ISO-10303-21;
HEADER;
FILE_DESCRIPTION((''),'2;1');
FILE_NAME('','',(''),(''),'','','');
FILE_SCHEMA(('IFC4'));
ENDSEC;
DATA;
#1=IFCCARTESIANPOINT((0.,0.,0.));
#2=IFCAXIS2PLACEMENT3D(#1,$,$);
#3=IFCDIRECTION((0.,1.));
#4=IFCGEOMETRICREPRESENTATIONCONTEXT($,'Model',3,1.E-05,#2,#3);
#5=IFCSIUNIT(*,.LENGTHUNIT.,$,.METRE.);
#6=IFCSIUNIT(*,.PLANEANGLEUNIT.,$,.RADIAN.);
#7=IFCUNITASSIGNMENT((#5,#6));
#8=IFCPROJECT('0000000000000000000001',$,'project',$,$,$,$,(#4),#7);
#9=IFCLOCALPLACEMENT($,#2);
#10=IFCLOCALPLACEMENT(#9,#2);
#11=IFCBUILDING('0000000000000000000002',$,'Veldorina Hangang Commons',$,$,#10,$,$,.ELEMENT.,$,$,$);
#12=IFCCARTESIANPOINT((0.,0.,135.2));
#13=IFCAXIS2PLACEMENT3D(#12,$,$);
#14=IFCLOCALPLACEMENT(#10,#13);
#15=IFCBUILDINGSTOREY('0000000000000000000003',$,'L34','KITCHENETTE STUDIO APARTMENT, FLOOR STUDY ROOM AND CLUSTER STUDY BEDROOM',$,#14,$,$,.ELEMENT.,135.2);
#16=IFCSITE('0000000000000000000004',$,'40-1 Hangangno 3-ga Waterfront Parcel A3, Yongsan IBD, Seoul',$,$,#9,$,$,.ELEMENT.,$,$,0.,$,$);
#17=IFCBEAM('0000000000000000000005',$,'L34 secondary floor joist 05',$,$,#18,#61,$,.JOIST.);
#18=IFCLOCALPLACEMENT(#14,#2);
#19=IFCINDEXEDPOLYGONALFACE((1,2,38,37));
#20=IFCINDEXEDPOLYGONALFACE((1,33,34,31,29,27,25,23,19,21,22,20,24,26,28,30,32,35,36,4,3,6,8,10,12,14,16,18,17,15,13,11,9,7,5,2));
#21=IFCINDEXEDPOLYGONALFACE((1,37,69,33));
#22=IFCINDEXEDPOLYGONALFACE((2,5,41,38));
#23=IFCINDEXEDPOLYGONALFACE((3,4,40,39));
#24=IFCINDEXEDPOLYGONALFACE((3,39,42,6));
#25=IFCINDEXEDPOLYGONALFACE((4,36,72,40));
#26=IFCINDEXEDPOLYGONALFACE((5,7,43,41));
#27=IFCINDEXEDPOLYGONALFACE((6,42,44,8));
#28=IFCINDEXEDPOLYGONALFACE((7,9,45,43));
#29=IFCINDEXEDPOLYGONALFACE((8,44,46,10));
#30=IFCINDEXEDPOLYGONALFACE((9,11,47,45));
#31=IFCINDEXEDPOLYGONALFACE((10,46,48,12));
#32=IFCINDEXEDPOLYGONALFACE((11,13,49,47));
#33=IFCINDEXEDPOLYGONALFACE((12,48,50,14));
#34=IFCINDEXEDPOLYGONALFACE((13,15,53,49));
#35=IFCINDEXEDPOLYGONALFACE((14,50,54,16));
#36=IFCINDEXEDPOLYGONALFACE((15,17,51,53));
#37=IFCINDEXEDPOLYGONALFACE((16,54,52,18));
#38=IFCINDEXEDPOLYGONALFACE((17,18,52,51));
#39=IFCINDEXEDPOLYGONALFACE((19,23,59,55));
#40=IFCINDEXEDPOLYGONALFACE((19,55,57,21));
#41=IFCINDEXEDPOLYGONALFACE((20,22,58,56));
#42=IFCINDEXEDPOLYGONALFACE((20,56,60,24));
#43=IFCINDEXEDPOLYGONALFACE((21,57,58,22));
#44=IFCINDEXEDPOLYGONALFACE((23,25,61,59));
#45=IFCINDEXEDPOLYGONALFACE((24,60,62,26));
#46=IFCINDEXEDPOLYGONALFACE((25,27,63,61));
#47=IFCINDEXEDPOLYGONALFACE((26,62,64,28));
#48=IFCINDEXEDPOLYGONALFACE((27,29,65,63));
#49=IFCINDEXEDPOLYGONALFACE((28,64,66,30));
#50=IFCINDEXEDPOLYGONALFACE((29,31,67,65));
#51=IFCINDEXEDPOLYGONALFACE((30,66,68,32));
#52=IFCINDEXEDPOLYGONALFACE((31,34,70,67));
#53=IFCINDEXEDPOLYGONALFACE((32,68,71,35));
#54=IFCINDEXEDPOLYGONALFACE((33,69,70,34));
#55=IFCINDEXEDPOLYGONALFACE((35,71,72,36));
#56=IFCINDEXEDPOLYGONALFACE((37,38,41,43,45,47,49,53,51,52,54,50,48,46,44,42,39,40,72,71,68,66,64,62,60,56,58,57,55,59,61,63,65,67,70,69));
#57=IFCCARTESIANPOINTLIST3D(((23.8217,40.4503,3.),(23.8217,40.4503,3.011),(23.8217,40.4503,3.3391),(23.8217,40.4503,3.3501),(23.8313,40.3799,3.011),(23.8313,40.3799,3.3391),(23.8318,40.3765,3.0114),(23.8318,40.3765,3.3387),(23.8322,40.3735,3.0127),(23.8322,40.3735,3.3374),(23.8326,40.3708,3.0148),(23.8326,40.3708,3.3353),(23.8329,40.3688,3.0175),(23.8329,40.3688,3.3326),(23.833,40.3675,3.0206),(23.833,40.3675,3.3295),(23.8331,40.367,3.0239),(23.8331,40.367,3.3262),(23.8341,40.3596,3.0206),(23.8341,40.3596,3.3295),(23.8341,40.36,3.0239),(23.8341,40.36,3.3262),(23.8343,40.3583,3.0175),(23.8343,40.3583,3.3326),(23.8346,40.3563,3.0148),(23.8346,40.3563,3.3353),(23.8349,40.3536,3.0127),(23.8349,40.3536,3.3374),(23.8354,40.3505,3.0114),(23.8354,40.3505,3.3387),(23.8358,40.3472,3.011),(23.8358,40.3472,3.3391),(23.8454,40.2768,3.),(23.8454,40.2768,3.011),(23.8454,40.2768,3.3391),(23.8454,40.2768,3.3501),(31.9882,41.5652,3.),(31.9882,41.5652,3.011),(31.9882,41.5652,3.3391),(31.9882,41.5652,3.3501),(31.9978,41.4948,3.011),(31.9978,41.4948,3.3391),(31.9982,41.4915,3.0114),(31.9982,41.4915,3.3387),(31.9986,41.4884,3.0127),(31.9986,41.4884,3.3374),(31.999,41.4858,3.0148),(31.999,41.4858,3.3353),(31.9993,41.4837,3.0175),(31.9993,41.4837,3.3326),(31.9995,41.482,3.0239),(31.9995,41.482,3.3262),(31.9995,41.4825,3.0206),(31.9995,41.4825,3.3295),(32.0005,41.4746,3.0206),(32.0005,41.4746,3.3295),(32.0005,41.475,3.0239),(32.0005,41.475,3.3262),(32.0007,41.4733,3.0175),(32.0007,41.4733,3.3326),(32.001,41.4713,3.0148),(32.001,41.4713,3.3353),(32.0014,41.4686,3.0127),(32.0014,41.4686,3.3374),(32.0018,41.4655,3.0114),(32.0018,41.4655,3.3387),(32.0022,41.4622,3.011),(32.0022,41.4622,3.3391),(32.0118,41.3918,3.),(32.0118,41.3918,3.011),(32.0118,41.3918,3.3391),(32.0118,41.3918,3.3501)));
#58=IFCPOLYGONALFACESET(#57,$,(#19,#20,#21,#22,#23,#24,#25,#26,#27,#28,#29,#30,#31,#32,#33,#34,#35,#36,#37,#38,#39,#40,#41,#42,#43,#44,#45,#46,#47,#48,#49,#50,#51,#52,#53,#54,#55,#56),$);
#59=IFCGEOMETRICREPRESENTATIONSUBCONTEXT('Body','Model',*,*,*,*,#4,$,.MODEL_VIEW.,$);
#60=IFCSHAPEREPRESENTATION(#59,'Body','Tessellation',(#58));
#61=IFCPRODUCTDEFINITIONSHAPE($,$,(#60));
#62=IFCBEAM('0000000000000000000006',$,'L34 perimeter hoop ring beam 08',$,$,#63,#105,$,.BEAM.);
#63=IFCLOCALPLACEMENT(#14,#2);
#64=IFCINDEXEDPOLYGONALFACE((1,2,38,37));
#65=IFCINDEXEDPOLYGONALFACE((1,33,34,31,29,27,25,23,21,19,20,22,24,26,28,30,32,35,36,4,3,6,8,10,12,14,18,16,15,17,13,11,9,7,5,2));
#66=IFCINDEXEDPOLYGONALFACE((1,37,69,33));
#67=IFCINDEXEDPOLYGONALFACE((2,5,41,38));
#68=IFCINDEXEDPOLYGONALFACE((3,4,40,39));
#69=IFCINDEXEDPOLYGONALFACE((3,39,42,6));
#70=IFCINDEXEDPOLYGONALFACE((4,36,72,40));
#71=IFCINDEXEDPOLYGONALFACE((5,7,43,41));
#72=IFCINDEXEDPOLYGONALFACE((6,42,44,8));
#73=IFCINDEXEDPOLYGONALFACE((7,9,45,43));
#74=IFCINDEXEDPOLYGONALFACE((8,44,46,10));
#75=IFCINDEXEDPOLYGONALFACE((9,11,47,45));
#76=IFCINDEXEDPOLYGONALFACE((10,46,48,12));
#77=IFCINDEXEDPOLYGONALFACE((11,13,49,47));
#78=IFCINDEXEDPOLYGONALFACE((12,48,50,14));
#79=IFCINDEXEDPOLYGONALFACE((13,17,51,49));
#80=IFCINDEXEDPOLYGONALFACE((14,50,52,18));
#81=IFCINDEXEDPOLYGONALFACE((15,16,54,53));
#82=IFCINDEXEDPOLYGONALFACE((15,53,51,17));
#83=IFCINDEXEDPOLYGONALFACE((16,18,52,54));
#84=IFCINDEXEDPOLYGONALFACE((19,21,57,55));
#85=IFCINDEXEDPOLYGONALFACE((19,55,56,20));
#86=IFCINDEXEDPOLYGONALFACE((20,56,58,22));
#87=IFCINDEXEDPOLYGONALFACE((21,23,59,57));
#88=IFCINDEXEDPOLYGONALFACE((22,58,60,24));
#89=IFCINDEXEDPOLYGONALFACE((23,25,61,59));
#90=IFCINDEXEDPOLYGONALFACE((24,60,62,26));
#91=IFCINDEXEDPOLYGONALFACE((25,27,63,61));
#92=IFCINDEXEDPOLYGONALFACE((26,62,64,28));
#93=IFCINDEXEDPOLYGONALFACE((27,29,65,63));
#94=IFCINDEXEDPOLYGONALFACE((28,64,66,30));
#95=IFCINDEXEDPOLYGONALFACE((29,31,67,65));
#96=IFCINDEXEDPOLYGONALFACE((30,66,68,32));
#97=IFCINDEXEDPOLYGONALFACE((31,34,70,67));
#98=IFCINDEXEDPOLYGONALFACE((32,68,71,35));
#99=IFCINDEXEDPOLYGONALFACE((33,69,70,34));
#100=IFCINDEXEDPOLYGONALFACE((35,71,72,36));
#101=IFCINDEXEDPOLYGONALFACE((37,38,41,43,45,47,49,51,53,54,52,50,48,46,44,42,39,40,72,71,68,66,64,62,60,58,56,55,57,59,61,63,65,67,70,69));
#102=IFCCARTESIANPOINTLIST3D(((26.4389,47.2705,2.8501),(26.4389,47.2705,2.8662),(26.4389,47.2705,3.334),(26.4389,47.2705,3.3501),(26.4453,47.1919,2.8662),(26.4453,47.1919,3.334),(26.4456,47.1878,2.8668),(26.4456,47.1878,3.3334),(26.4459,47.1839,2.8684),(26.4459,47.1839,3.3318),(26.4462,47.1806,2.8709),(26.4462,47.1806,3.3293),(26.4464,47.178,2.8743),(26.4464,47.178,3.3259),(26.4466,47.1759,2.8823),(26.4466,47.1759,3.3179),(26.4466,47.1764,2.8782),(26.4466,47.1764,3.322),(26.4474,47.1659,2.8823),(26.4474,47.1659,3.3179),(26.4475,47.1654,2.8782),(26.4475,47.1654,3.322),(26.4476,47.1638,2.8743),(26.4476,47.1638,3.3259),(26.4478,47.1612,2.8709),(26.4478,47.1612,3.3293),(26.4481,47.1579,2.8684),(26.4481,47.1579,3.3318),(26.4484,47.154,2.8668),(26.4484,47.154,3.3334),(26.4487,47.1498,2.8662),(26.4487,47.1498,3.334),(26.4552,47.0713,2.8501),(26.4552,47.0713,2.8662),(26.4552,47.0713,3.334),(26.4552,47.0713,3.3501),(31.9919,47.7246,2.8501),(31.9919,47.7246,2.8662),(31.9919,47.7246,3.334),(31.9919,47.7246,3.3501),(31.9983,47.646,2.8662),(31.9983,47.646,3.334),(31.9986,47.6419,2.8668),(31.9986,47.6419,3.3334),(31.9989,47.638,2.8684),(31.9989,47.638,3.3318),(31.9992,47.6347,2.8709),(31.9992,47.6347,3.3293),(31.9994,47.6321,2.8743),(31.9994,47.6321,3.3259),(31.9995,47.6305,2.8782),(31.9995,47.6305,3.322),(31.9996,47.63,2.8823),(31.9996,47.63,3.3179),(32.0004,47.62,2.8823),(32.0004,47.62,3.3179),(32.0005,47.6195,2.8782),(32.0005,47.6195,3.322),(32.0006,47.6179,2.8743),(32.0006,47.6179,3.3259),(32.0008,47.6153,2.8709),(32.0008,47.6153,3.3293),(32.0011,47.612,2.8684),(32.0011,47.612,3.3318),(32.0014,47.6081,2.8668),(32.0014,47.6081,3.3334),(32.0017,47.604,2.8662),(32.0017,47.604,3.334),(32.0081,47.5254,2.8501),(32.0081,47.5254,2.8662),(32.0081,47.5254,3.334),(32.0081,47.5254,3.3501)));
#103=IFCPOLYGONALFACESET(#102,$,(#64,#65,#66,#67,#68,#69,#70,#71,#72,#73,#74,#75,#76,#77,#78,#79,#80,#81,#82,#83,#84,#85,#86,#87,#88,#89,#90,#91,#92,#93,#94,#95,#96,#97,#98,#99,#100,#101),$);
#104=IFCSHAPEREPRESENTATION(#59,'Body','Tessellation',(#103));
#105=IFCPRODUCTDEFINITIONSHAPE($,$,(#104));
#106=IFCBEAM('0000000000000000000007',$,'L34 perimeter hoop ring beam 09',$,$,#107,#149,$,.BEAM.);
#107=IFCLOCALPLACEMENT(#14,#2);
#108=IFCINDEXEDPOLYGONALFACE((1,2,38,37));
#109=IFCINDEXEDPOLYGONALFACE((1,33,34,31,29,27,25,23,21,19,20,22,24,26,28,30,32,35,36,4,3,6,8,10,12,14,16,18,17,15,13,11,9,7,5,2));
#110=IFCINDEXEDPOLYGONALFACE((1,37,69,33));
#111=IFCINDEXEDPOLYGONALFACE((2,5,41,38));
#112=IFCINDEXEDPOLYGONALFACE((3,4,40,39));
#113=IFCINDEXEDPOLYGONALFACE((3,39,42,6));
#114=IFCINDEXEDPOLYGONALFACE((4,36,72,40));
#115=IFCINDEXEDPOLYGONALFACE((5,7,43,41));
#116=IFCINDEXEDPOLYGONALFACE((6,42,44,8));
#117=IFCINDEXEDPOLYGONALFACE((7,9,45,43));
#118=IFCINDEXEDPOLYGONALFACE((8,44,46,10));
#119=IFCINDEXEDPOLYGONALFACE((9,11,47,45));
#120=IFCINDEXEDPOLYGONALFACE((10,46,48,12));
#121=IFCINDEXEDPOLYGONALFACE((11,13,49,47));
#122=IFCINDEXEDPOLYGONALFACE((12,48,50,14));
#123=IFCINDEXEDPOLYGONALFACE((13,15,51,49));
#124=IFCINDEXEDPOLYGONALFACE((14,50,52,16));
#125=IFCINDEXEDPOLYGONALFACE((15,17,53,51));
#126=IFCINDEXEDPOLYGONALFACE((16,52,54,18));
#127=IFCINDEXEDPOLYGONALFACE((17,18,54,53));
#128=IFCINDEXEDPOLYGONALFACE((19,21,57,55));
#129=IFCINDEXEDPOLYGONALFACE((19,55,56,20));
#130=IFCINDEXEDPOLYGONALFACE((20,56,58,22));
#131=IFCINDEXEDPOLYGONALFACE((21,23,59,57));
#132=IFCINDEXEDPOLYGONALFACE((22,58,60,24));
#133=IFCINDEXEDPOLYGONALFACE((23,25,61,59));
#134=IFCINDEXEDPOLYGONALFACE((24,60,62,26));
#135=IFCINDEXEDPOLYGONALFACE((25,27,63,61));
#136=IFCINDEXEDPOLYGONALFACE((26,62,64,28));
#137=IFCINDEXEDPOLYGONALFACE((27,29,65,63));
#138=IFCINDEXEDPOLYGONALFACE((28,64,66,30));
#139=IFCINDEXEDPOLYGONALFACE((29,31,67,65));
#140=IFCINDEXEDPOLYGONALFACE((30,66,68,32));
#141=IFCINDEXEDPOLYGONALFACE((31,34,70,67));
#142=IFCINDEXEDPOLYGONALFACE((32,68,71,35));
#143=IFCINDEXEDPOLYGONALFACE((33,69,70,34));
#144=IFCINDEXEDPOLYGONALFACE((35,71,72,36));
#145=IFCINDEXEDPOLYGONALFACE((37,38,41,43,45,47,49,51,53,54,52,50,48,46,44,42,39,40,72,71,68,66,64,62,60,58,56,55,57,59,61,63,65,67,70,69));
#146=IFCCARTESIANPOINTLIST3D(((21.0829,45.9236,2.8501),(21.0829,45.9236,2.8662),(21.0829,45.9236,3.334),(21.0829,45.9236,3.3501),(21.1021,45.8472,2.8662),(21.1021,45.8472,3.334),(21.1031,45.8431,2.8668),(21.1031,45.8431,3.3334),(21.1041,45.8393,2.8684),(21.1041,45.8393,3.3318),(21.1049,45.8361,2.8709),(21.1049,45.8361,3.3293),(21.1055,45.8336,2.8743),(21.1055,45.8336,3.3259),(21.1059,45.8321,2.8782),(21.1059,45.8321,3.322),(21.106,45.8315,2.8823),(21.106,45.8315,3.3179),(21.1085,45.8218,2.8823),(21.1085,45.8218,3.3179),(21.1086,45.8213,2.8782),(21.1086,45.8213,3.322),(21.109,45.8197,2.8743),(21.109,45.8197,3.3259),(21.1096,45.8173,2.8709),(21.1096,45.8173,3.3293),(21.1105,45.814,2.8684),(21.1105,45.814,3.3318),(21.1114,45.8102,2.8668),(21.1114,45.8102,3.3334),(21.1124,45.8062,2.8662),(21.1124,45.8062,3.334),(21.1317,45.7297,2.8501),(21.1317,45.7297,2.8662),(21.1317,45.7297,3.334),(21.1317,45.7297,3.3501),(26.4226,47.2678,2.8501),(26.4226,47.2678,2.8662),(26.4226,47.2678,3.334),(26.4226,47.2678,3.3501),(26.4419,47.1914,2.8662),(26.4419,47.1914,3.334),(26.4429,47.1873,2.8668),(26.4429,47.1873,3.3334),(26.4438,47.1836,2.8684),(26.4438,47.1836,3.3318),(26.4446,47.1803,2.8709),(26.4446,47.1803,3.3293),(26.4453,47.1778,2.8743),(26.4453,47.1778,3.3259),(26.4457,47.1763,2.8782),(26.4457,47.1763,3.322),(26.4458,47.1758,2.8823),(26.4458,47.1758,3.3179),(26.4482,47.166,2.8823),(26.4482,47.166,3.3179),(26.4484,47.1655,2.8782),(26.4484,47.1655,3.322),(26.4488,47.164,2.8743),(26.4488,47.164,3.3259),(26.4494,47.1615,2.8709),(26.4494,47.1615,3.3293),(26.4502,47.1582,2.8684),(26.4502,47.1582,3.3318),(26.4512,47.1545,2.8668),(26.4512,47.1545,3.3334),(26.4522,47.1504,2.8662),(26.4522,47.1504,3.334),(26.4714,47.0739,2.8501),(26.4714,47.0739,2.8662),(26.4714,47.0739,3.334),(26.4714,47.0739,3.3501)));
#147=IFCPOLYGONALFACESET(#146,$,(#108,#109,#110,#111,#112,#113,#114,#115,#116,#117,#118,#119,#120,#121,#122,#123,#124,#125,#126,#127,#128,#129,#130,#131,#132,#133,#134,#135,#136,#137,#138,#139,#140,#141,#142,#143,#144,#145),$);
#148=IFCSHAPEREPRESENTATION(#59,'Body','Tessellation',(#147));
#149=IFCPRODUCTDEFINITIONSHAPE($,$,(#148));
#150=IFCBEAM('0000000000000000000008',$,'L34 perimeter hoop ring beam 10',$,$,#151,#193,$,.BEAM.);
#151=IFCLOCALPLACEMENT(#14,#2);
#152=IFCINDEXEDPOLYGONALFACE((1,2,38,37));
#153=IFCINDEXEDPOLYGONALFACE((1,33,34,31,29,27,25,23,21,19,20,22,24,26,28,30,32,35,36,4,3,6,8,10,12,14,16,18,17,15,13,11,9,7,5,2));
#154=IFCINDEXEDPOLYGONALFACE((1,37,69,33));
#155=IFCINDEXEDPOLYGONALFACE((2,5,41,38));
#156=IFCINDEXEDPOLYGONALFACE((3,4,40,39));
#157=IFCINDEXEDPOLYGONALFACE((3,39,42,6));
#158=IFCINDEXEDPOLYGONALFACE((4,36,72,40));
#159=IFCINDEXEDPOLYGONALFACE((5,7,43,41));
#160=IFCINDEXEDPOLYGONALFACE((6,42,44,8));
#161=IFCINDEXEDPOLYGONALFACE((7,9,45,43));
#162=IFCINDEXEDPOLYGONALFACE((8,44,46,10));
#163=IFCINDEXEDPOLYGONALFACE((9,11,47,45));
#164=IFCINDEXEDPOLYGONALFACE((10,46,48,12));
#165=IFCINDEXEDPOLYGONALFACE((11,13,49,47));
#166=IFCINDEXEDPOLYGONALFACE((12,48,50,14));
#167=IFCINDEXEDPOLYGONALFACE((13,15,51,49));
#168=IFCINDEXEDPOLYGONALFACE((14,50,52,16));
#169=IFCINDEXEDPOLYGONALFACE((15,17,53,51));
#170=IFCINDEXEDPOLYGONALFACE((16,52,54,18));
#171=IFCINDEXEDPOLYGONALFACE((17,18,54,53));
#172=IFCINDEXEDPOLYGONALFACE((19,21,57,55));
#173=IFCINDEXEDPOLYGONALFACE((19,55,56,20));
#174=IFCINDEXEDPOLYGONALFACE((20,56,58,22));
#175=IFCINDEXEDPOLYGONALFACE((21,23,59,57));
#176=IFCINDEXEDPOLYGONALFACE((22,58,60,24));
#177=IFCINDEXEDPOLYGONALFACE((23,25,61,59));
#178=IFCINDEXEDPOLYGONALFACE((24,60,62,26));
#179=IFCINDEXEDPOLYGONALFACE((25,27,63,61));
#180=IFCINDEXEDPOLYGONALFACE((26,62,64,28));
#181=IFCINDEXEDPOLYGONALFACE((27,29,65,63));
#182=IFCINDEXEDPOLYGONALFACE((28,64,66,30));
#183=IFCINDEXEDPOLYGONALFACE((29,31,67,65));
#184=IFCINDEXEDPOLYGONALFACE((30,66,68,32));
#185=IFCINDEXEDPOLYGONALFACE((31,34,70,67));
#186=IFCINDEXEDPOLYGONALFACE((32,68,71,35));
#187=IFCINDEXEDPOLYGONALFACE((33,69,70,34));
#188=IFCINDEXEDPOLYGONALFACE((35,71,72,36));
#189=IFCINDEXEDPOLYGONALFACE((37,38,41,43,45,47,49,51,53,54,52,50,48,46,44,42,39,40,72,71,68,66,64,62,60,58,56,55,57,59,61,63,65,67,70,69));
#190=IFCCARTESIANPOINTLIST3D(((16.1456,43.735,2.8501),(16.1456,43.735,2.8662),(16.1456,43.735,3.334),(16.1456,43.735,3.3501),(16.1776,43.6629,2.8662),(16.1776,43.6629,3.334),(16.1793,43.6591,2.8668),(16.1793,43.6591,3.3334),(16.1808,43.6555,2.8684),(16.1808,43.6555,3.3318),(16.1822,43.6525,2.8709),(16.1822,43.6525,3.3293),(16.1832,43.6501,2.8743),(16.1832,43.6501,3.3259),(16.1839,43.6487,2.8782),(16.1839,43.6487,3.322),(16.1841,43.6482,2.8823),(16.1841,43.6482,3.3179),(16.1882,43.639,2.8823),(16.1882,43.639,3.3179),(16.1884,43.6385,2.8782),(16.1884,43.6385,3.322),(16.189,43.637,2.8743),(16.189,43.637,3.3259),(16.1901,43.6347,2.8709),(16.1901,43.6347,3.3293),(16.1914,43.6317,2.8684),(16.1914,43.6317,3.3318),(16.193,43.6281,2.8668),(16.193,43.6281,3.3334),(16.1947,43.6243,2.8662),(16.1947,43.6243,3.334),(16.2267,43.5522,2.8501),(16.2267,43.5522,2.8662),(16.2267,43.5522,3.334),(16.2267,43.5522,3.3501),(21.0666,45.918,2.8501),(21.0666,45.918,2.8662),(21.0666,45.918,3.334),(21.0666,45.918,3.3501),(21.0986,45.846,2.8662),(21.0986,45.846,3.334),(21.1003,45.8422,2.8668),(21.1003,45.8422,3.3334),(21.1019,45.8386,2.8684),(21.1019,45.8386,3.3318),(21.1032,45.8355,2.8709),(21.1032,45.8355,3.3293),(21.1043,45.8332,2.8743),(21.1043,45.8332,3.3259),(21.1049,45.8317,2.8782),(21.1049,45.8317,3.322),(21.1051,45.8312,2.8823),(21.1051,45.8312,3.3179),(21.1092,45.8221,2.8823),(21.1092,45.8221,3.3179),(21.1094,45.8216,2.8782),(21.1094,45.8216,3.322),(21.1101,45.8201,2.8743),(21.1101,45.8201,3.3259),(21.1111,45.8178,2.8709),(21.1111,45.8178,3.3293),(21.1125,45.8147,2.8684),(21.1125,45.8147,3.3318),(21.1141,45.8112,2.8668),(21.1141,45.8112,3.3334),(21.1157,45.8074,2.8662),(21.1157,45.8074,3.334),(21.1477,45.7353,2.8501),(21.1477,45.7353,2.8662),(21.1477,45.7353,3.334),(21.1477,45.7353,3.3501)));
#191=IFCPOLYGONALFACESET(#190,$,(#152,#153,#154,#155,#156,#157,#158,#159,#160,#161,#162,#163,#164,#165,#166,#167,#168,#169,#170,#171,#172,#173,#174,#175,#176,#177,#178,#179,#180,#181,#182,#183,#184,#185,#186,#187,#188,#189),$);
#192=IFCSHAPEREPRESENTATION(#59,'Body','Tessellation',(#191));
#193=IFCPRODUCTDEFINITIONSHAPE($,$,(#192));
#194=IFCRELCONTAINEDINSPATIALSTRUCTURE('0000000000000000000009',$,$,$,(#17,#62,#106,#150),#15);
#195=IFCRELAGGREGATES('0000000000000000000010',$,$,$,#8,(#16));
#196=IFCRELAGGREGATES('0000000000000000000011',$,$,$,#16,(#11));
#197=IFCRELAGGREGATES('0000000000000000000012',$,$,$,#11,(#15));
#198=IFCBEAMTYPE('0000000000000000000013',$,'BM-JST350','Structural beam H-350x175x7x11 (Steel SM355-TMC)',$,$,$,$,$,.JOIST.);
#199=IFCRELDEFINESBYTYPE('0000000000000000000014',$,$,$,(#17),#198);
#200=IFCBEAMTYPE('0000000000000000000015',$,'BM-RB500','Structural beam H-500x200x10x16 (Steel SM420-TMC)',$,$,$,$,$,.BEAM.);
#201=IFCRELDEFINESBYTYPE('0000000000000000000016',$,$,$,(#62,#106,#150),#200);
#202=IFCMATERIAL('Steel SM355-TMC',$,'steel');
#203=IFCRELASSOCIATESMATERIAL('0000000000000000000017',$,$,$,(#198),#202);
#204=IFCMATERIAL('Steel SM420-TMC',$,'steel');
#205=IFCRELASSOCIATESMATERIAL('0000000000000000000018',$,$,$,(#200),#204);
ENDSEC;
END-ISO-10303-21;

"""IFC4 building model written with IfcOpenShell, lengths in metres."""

from ifc_helpers import new_model, si_unit, direction, frame, origin, origin_2d, place, context, subcontext, project, spatial, i_section, extrude, material, material_profile, profile_set, type_object, element, save


model = new_model("IFC4")

# Units and contexts
model_context = context("Model", 3, precision=1e-05, world=origin(), true_north=direction((0.0, 1.0)))
body_context = subcontext(model_context, "Body", "Model", "MODEL_VIEW")
ifc_project = project(units=[si_unit("LENGTHUNIT", "METRE"), si_unit("PLANEANGLEUNIT", "RADIAN")], contexts=[model_context])

# Site, building, storey
site_placement = place(None, origin())
site = spatial("IfcSite", under=ifc_project, at=site_placement, Name="40-1 Hangangno 3-ga Waterfront Parcel A3, Yongsan IBD, Seoul", CompositionType="ELEMENT", RefElevation=0.0)
building_placement = place(site_placement, origin())
building = spatial("IfcBuilding", under=site, at=building_placement, Name="Veldorina Hangang Commons", CompositionType="ELEMENT")
storey_placement = place(building_placement, frame((0.0, 0.0, 135.2)))
storey = spatial("IfcBuildingStorey", under=building, at=storey_placement, Name="L34", Description="KITCHENETTE STUDIO APARTMENT, FLOOR STUDY ROOM AND CLUSTER STUDY BEDROOM", CompositionType="ELEMENT", Elevation=135.2)

# Beams
ifc_material_1 = material(Name="Steel SM355-TMC", Category="steel")
ifc_material_profile_1 = material_profile(ifc_material_1, i_section(OverallWidth=0.175, OverallDepth=0.3501, WebThickness=0.0071, FlangeThickness=0.011, FilletRadius=0.0129, at=origin_2d()), Name="H-350x175x7x11")
ifc_profile_set_1 = profile_set([ifc_material_profile_1], Name="Steel SM355-TMC")
beam_type_1 = type_object("IfcBeamType", Name="BM-JST350", Description="Structural beam H-350x175x7x11 (Steel SM355-TMC)", PredefinedType="JOIST", material=ifc_profile_set_1)
beam_1_placement = place(storey_placement, frame((32.0, 41.4785, 3.175), z_axis=(-0.990808, -0.135277, 0.0), x_axis=(0.135277, -0.990808, 0.0)))
element("IfcBeam", 1, at=beam_1_placement, inside=storey, type_object=beam_type_1, Name="L34 secondary floor joist 05", PredefinedType="JOIST", context=body_context, shape_type="SweptSolid", body=[
    extrude(i_section(OverallWidth=0.175, OverallDepth=0.3501, WebThickness=0.0071, FlangeThickness=0.011, FilletRadius=0.0129, at=origin_2d()), origin(), (0.0, 0.0, 1.0), 8.2422),
])
ifc_material_2 = material(Name="Steel SM420-TMC", Category="steel")
ifc_material_profile_2 = material_profile(ifc_material_2, i_section(OverallWidth=0.2, OverallDepth=0.5, WebThickness=0.01, FlangeThickness=0.0161, FilletRadius=0.0161, at=origin_2d()), Name="H-500x200x10x16")
ifc_profile_set_2 = profile_set([ifc_material_profile_2], Name="Steel SM420-TMC")
beam_type_2 = type_object("IfcBeamType", Name="BM-RB500", Description="Structural beam H-500x200x10x16 (Steel SM420-TMC)", PredefinedType="BEAM", material=ifc_profile_set_2)
beam_2_placement = place(storey_placement, frame((32.0, 47.625, 3.1001), z_axis=(-0.996673, -0.081504, 0.0), x_axis=(0.081504, -0.996673, 0.0)))
element("IfcBeam", 2, at=beam_2_placement, inside=storey, type_object=beam_type_2, Name="L34 perimeter hoop ring beam 08", PredefinedType="BEAM", context=body_context, shape_type="SweptSolid", body=[
    extrude(i_section(OverallWidth=0.2, OverallDepth=0.5, WebThickness=0.01, FlangeThickness=0.0161, FilletRadius=0.0161, at=origin_2d()), origin(), (0.0, 0.0, 1.0), 5.5715),
])
beam_3_placement = place(storey_placement, frame((26.447, 47.1709, 3.1001), z_axis=(-0.969745, -0.244121, 0.0), x_axis=(0.244121, -0.969745, 0.0)))
element("IfcBeam", 3, at=beam_3_placement, inside=storey, type_object=beam_type_2, Name="L34 perimeter hoop ring beam 09", PredefinedType="BEAM", context=body_context, shape_type="SweptSolid", body=[
    extrude(i_section(OverallWidth=0.2, OverallDepth=0.5, WebThickness=0.01, FlangeThickness=0.0161, FilletRadius=0.0161, at=origin_2d()), origin(), (0.0, 0.0, 1.0), 5.5063),
])
beam_4_placement = place(storey_placement, frame((21.1072, 45.8267, 3.1001), z_axis=(-0.914092, -0.405507, 0.0), x_axis=(0.405507, -0.914092, 0.0)))
element("IfcBeam", 4, at=beam_4_placement, inside=storey, type_object=beam_type_2, Name="L34 perimeter hoop ring beam 10", PredefinedType="BEAM", context=body_context, shape_type="SweptSolid", body=[
    extrude(i_section(OverallWidth=0.2, OverallDepth=0.5, WebThickness=0.01, FlangeThickness=0.0161, FilletRadius=0.0161, at=origin_2d()), origin(), (0.0, 0.0, 1.0), 5.3835),
])

save(model, "model.ifc")
